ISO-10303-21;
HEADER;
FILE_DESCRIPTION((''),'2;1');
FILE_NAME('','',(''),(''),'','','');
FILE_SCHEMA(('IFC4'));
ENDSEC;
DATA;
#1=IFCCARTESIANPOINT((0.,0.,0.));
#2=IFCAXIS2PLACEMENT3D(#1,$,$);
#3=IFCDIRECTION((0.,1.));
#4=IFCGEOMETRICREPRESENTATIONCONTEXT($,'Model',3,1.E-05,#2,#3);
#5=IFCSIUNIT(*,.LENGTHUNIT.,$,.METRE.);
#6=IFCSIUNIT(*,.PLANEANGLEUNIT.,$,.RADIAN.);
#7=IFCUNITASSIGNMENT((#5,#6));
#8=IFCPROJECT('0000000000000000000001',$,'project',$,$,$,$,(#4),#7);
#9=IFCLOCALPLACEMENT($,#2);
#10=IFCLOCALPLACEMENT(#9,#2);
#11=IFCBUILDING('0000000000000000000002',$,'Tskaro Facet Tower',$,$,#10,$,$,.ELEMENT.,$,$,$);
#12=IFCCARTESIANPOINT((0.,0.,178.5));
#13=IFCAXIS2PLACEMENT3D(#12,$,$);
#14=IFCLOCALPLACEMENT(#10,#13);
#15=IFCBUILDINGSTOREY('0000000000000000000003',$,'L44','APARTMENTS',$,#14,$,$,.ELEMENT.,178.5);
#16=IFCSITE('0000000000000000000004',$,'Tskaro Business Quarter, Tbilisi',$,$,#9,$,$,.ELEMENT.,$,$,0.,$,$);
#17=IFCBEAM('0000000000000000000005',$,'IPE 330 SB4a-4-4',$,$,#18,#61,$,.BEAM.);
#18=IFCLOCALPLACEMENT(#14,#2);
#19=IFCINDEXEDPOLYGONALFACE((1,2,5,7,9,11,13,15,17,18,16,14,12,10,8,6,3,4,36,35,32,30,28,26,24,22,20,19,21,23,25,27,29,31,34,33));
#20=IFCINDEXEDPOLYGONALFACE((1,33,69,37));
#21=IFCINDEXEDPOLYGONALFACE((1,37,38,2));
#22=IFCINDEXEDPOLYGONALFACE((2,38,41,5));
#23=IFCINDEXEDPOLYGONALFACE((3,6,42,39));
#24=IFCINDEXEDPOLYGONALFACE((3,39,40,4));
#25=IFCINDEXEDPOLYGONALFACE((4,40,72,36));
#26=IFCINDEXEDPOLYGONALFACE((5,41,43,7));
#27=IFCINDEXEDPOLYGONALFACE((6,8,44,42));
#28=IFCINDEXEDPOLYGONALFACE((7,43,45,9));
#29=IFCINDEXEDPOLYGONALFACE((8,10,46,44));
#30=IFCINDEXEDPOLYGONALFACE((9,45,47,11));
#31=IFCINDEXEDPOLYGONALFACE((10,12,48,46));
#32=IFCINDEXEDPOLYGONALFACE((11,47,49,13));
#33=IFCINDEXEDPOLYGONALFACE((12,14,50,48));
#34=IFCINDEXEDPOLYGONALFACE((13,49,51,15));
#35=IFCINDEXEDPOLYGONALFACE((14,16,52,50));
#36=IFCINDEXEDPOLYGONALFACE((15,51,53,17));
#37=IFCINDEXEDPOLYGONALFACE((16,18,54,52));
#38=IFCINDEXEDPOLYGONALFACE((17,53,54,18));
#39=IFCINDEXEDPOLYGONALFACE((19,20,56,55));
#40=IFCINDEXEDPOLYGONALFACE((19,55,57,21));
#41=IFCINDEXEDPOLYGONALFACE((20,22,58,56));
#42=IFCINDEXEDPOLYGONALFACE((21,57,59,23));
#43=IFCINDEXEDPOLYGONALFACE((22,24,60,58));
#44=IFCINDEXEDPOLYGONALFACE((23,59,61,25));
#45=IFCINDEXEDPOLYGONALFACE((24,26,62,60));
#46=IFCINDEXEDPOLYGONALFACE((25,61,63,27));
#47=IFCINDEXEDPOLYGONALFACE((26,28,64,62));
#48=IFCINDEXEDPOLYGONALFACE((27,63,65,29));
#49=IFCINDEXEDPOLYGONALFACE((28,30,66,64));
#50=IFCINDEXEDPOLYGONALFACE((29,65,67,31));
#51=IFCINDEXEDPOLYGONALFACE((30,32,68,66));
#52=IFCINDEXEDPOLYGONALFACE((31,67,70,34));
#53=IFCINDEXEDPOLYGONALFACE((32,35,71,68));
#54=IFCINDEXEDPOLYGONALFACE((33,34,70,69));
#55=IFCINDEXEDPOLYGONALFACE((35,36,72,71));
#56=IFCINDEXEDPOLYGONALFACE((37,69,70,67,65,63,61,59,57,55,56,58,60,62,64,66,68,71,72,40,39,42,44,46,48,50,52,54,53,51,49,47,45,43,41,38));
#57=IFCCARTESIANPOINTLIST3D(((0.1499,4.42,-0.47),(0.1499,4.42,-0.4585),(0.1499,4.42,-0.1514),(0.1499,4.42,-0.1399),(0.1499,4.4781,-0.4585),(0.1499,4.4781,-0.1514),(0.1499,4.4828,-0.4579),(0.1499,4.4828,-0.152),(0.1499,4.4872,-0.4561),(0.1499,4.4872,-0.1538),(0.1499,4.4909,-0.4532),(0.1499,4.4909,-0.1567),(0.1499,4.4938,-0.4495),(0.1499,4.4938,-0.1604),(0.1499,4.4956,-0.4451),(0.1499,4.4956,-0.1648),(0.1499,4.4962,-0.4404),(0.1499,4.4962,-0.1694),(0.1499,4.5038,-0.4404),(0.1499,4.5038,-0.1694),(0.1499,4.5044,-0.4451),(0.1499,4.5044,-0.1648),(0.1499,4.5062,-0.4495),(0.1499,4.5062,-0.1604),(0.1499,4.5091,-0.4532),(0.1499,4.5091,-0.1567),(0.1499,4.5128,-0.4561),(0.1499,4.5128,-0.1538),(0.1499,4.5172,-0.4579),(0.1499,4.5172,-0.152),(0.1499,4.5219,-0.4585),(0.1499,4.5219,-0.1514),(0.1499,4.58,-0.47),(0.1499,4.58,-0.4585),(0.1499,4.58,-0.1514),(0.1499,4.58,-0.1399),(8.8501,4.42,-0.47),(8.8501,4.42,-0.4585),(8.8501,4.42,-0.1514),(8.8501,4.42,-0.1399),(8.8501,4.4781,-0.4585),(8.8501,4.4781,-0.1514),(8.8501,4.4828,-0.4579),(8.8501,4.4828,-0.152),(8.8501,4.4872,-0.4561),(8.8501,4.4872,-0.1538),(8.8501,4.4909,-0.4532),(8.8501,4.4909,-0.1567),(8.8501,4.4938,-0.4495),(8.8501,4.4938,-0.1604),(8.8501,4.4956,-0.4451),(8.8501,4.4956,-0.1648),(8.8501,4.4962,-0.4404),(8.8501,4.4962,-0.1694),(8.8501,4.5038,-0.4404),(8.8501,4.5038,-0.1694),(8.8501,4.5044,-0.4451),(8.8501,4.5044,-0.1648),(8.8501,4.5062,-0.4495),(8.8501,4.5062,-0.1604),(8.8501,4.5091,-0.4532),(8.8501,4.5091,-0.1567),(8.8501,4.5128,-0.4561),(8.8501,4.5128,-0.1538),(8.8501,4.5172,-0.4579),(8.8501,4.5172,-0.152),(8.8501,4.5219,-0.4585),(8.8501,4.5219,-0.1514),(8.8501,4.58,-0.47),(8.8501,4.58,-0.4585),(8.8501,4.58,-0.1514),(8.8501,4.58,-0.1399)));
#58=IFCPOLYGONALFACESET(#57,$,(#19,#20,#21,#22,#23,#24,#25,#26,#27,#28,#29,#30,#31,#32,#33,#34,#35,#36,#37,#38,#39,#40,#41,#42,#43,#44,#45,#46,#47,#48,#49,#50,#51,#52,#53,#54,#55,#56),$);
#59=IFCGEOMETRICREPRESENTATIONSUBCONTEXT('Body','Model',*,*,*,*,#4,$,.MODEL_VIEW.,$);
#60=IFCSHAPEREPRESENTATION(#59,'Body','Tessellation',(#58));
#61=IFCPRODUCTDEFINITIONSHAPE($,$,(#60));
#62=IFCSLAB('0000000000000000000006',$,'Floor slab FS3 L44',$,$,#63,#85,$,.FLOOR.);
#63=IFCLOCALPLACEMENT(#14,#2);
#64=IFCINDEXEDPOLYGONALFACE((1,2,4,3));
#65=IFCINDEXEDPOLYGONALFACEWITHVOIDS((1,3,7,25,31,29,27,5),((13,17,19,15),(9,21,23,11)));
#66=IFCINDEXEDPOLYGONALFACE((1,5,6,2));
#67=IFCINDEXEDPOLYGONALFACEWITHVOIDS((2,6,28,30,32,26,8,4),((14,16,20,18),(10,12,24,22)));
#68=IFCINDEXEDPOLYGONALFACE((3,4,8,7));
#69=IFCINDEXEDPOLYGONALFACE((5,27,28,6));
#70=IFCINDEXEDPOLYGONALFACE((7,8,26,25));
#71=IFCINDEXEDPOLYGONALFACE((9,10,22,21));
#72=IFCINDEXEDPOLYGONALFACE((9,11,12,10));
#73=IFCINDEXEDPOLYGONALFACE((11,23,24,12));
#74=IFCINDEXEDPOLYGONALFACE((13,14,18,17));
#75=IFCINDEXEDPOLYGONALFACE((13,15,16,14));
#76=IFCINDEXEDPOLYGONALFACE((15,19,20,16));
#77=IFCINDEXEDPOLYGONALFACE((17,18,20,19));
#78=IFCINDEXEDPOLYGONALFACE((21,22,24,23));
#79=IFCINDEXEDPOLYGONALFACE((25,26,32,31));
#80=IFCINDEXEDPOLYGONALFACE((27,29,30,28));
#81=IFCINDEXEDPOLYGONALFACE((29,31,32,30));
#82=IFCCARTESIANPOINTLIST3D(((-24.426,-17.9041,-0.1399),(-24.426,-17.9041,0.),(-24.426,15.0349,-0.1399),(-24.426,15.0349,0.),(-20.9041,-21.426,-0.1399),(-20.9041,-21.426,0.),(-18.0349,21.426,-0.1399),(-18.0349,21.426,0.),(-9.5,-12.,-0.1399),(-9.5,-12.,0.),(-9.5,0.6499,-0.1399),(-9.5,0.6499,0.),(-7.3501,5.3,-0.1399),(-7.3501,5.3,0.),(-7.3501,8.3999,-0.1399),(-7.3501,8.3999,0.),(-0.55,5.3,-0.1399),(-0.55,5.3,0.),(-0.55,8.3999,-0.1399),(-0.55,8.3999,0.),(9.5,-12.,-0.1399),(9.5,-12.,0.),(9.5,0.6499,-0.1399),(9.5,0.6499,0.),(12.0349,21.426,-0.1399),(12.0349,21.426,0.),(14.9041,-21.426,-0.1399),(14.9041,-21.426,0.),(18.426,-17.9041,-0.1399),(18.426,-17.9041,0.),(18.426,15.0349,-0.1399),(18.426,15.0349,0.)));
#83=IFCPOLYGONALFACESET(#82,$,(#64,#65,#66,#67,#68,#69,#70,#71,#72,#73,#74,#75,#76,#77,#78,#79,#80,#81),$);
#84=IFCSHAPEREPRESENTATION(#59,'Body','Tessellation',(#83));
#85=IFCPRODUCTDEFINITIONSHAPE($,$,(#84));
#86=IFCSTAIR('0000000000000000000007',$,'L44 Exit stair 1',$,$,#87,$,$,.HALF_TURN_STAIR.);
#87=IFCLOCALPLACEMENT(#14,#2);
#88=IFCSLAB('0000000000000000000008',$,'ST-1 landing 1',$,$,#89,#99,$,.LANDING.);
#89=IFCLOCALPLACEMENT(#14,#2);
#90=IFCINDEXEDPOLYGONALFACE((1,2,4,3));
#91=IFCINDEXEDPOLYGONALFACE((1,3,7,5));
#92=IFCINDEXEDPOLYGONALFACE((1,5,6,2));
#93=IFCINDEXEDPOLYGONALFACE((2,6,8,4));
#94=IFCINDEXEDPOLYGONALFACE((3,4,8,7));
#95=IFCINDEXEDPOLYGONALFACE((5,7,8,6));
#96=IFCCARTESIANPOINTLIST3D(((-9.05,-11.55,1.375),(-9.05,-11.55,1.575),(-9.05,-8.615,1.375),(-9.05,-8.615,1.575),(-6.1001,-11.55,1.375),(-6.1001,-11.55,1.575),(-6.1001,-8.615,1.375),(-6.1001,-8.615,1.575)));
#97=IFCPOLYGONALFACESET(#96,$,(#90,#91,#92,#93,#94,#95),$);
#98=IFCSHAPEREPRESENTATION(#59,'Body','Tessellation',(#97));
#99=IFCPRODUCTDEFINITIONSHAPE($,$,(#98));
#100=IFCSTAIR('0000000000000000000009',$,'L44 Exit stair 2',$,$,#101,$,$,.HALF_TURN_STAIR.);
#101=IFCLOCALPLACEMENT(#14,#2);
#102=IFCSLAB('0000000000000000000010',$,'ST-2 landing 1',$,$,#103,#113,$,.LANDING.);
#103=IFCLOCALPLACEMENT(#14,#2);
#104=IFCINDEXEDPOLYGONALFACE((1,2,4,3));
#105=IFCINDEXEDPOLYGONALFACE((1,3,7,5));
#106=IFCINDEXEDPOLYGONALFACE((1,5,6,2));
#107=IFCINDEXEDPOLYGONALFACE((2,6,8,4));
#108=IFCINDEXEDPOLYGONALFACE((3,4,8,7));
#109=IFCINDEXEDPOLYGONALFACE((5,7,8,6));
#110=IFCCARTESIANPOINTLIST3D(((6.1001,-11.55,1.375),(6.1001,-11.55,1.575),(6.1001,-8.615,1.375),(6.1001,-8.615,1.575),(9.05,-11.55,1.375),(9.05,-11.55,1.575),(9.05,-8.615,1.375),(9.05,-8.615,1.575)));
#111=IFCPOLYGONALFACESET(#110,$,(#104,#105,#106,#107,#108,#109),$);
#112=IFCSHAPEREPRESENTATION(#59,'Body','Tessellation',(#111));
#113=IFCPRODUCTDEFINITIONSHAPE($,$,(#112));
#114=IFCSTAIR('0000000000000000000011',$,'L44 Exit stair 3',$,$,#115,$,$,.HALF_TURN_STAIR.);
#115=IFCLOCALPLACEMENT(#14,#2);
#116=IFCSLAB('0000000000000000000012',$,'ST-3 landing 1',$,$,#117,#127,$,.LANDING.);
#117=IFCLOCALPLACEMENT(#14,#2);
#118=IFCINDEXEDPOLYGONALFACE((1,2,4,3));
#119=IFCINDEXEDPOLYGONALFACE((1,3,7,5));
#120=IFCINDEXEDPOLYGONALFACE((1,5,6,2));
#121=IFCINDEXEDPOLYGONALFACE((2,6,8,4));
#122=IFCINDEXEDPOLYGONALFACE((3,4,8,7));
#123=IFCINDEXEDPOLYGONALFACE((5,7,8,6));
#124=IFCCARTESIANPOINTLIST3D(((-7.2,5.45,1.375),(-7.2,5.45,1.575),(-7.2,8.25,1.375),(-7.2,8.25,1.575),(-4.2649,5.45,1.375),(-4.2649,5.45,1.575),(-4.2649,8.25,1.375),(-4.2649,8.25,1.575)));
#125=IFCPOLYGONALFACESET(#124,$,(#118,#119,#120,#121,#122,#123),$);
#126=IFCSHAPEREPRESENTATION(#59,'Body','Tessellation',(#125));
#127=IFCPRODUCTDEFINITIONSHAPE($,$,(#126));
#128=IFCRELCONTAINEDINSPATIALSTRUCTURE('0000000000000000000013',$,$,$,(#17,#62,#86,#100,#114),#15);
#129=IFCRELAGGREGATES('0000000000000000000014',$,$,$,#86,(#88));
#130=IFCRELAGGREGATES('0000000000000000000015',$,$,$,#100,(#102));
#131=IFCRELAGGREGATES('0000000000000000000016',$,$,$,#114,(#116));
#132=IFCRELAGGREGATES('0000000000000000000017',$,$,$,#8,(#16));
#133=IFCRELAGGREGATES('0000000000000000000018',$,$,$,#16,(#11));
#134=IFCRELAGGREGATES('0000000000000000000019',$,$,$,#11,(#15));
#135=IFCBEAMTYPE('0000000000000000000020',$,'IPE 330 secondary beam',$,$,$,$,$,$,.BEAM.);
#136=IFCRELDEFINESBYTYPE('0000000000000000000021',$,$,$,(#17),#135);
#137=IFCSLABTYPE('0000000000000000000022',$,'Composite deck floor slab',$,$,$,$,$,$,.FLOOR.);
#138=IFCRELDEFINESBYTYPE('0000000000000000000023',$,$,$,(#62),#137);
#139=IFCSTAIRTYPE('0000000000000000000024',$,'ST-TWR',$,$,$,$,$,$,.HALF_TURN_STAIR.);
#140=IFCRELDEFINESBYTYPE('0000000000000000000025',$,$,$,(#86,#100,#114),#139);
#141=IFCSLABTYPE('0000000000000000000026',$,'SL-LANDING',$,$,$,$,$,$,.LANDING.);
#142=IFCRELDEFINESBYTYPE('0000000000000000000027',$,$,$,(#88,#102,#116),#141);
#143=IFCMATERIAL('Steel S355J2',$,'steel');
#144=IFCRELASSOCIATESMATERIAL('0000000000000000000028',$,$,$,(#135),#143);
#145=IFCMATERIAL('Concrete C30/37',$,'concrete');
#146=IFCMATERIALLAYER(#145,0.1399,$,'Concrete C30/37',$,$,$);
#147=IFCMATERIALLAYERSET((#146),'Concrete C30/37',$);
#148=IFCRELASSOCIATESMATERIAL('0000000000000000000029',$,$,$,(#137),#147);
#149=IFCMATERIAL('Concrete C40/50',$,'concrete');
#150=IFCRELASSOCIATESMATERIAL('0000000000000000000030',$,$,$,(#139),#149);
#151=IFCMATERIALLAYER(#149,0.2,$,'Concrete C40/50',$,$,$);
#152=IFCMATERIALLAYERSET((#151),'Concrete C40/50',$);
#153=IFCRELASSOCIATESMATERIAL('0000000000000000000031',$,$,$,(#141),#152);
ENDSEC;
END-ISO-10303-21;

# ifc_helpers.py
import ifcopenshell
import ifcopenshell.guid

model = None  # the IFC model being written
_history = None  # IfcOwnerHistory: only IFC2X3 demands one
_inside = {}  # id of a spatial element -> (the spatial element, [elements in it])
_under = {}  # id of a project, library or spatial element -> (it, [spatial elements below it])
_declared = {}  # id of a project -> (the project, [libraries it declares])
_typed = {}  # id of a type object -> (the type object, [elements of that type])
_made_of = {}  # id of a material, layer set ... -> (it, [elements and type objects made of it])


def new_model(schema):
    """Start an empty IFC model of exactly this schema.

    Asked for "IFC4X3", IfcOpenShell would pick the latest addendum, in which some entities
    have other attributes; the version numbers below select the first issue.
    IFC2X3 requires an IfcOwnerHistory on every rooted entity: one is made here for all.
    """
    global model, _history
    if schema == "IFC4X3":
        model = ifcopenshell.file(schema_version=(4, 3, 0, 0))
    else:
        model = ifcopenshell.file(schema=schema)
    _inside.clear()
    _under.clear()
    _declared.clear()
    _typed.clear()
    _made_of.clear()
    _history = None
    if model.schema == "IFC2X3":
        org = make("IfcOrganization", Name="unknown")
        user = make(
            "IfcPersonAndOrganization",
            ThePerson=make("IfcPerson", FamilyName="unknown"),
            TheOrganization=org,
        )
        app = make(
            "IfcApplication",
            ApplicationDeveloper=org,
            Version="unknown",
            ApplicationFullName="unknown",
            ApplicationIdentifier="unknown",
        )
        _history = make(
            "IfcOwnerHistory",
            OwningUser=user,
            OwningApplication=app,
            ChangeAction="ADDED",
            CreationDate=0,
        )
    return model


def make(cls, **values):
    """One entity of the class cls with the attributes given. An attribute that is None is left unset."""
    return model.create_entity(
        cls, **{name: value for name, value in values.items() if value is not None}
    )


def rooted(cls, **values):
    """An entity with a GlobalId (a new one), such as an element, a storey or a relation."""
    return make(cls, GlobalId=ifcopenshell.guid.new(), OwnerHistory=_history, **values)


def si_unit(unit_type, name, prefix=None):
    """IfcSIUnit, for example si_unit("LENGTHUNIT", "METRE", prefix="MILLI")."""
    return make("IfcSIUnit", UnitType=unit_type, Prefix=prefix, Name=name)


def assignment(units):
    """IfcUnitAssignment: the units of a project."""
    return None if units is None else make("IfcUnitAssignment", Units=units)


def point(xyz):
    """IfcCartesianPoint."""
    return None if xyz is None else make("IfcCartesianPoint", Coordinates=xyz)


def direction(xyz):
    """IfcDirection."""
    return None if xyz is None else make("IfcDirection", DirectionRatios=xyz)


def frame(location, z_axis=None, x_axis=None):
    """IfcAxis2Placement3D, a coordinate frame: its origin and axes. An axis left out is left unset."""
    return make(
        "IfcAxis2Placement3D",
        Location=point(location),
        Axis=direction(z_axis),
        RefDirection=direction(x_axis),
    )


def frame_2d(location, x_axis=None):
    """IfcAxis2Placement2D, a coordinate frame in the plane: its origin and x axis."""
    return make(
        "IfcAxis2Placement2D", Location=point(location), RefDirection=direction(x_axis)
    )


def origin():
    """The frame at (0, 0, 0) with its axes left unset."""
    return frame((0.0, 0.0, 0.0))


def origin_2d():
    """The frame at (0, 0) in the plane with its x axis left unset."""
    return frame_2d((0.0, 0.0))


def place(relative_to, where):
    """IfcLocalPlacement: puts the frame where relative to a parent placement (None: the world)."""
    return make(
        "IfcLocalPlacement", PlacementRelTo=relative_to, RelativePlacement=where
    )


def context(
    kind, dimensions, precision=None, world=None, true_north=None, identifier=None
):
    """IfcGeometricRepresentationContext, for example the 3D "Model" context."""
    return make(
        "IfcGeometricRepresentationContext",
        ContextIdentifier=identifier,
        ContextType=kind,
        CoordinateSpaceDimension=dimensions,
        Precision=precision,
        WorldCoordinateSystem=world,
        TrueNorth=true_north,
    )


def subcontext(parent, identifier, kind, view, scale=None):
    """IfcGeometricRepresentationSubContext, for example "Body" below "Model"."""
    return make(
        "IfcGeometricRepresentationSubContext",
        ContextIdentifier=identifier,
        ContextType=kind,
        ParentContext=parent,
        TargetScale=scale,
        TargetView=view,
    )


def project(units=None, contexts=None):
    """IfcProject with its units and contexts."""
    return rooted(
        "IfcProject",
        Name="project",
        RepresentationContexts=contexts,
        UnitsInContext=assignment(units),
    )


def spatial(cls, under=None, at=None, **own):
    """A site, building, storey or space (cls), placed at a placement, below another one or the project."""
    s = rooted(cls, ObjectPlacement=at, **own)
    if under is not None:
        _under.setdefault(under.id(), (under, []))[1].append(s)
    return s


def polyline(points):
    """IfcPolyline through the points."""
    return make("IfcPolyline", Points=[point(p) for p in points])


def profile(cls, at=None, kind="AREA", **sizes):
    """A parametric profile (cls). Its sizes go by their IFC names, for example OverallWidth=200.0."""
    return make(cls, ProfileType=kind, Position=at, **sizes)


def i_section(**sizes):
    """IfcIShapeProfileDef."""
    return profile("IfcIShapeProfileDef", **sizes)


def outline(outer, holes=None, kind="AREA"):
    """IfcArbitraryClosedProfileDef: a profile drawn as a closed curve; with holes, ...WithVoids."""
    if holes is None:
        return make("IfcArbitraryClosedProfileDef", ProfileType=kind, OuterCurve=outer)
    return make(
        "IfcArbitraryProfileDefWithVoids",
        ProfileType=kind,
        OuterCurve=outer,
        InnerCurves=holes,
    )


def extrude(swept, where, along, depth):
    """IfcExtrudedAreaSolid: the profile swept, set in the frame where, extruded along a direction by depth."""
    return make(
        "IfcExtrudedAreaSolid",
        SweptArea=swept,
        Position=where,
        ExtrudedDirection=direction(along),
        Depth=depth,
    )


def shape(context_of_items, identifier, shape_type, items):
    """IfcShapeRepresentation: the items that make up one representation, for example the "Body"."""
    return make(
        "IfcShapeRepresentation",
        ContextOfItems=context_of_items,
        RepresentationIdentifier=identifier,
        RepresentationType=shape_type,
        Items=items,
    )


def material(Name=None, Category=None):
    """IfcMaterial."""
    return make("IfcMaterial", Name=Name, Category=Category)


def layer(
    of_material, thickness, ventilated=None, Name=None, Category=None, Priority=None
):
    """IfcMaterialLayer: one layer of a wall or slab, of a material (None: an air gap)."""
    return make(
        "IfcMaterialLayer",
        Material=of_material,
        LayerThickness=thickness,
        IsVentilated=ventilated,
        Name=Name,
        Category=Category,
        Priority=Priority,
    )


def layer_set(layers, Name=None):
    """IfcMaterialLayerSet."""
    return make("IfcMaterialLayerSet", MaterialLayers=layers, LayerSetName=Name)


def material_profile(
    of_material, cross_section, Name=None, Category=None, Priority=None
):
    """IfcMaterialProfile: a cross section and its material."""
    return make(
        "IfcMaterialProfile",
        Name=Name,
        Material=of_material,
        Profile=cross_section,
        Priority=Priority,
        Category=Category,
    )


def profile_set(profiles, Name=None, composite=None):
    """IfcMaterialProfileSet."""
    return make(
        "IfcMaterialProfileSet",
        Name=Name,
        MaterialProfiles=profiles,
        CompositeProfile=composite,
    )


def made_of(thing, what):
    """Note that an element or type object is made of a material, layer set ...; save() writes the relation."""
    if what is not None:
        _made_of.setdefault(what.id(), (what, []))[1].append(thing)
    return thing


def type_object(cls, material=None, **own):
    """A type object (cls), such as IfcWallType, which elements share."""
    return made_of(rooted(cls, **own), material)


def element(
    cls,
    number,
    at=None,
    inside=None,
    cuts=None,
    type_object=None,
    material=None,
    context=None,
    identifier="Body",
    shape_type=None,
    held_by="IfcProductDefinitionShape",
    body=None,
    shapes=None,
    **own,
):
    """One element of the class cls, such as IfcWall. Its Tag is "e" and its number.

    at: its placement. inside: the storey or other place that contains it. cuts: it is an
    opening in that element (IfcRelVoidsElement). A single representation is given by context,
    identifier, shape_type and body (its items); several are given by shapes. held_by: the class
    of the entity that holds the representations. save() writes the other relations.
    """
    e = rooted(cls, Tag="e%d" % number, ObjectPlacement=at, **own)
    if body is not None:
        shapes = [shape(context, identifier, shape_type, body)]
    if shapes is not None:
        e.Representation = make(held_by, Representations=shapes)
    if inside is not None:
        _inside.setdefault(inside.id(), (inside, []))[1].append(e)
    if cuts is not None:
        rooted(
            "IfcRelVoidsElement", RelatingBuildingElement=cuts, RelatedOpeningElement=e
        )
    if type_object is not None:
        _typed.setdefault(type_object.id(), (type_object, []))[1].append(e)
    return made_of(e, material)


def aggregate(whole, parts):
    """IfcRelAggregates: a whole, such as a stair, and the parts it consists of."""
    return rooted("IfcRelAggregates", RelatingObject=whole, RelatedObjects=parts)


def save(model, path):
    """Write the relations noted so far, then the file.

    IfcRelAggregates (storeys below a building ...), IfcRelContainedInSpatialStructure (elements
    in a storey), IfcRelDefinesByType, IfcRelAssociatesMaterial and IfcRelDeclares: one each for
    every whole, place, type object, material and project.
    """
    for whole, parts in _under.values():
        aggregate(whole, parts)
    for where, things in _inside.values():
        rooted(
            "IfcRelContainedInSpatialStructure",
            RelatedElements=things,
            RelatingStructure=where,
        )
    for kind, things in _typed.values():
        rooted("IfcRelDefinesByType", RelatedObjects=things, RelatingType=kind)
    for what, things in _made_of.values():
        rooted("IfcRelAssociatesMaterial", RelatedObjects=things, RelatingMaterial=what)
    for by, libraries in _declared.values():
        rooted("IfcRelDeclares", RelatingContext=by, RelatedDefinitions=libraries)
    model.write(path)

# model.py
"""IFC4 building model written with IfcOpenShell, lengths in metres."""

from ifc_helpers import new_model, si_unit, direction, frame, origin, origin_2d, place, context, subcontext, project, spatial, polyline, i_section, outline, extrude, material, layer, layer_set, material_profile, profile_set, type_object, element, aggregate, save


model = new_model("IFC4")

# Units and contexts
model_context = context("Model", 3, precision=1e-05, world=origin(), true_north=direction((0.0, 1.0)))
body_context = subcontext(model_context, "Body", "Model", "MODEL_VIEW")
ifc_project = project(units=[si_unit("LENGTHUNIT", "METRE"), si_unit("PLANEANGLEUNIT", "RADIAN")], contexts=[model_context])

# Site, building, storey
site_placement = place(None, origin())
site = spatial("IfcSite", under=ifc_project, at=site_placement, Name="Tskaro Business Quarter, Tbilisi", CompositionType="ELEMENT", RefElevation=0.0)
building_placement = place(site_placement, origin())
building = spatial("IfcBuilding", under=site, at=building_placement, Name="Tskaro Facet Tower", CompositionType="ELEMENT")
storey_placement = place(building_placement, frame((0.0, 0.0, 178.5)))
storey = spatial("IfcBuildingStorey", under=building, at=storey_placement, Name="L44", Description="APARTMENTS", CompositionType="ELEMENT", Elevation=178.5)

# Beam
ifc_material_1 = material(Name="Steel S355J2", Category="steel")
ifc_material_profile_1 = material_profile(ifc_material_1, i_section(OverallWidth=0.1599, OverallDepth=0.3301, WebThickness=0.0076, FlangeThickness=0.0115, FilletRadius=0.0181, at=origin_2d()), Name="IPE 330")
ifc_profile_set_1 = profile_set([ifc_material_profile_1], Name="Steel S355J2")
beam_type_1 = type_object("IfcBeamType", Name="IPE 330 secondary beam", PredefinedType="BEAM", material=ifc_profile_set_1)
beam_1_placement = place(storey_placement, frame((0.1499, 4.5, -0.3049), z_axis=(1.0, 0.0, 0.0), x_axis=(0.0, 1.0, 0.0)))
element("IfcBeam", 1, at=beam_1_placement, inside=storey, type_object=beam_type_1, Name="IPE 330 SB4a-4-4", PredefinedType="BEAM", context=body_context, shape_type="SweptSolid", body=[
    extrude(i_section(OverallWidth=0.1599, OverallDepth=0.3301, WebThickness=0.0076, FlangeThickness=0.0115, FilletRadius=0.0181, at=origin_2d()), origin(), (0.0, 0.0, 1.0), 8.7002),
])

# Slab
ifc_material_2 = material(Name="Concrete C30/37", Category="concrete")
ifc_layer_1 = layer(ifc_material_2, 0.1399, Name="Concrete C30/37")
ifc_layer_set_1 = layer_set([ifc_layer_1], Name="Concrete C30/37")
slab_type_1 = type_object("IfcSlabType", Name="Composite deck floor slab", PredefinedType="FLOOR", material=ifc_layer_set_1)
slab_1_placement = place(storey_placement, frame((0.0, 0.0, -0.1399)))
element("IfcSlab", 2, at=slab_1_placement, inside=storey, type_object=slab_type_1, Name="Floor slab FS3 L44", PredefinedType="FLOOR", context=body_context, shape_type="SweptSolid", body=[
    extrude(outline(polyline([(-20.9041, -21.426), (14.9041, -21.426), (18.426, -17.9041), (18.426, 15.0349), (12.0349, 21.426), (-18.0349, 21.426), (-24.426, 15.0349), (-24.426, -17.9041), (-20.9041, -21.426)]), holes=[polyline([(-9.5, -12.0), (9.5, -12.0), (9.5, 0.6499), (-9.5, 0.6499), (-9.5, -12.0)]), polyline([(-7.3501, 5.3), (-0.55, 5.3), (-0.55, 8.3999), (-7.3501, 8.3999), (-7.3501, 5.3)])]), origin(), (0.0, 0.0, 1.0), 0.1399),
])

# Stairs, slabs
ifc_material_3 = material(Name="Concrete C40/50", Category="concrete")
stair_type = type_object("IfcStairType", Name="ST-TWR", PredefinedType="HALF_TURN_STAIR", material=ifc_material_3)
stair_1_placement = place(storey_placement, origin())
stair_1 = element("IfcStair", 3, at=stair_1_placement, inside=storey, type_object=stair_type, Name="L44 Exit stair 1", PredefinedType="HALF_TURN_STAIR")
ifc_layer_2 = layer(ifc_material_3, 0.2, Name="Concrete C40/50")
ifc_layer_set_2 = layer_set([ifc_layer_2], Name="Concrete C40/50")
slab_type_2 = type_object("IfcSlabType", Name="SL-LANDING", PredefinedType="LANDING", material=ifc_layer_set_2)
slab_2_placement = place(storey_placement, frame((0.0, 0.0, 1.375)))
slab_2 = element("IfcSlab", 4, at=slab_2_placement, type_object=slab_type_2, Name="ST-1 landing 1", PredefinedType="LANDING", context=body_context, shape_type="SweptSolid", body=[
    extrude(outline(polyline([(-9.05, -11.55), (-6.1001, -11.55), (-6.1001, -8.615), (-9.05, -8.615), (-9.05, -11.55)])), origin(), (0.0, 0.0, 1.0), 0.2),
])
aggregate(stair_1, [slab_2])
stair_2_placement = place(storey_placement, origin())
stair_2 = element("IfcStair", 5, at=stair_2_placement, inside=storey, type_object=stair_type, Name="L44 Exit stair 2", PredefinedType="HALF_TURN_STAIR")
slab_3_placement = place(storey_placement, frame((0.0, 0.0, 1.375)))
slab_3 = element("IfcSlab", 6, at=slab_3_placement, type_object=slab_type_2, Name="ST-2 landing 1", PredefinedType="LANDING", context=body_context, shape_type="SweptSolid", body=[
    extrude(outline(polyline([(6.1001, -11.55), (9.05, -11.55), (9.05, -8.615), (6.1001, -8.615), (6.1001, -11.55)])), origin(), (0.0, 0.0, 1.0), 0.2),
])
aggregate(stair_2, [slab_3])
stair_3_placement = place(storey_placement, origin())
stair_3 = element("IfcStair", 7, at=stair_3_placement, inside=storey, type_object=stair_type, Name="L44 Exit stair 3", PredefinedType="HALF_TURN_STAIR")
slab_4_placement = place(storey_placement, frame((0.0, 0.0, 1.375)))
slab_4 = element("IfcSlab", 8, at=slab_4_placement, type_object=slab_type_2, Name="ST-3 landing 1", PredefinedType="LANDING", context=body_context, shape_type="SweptSolid", body=[
    extrude(outline(polyline([(-7.2, 5.45), (-4.2649, 5.45), (-4.2649, 8.25), (-7.2, 8.25), (-7.2, 5.45)])), origin(), (0.0, 0.0, 1.0), 0.2),
])

aggregate(stair_3, [slab_4])

save(model, "model.ifc")
